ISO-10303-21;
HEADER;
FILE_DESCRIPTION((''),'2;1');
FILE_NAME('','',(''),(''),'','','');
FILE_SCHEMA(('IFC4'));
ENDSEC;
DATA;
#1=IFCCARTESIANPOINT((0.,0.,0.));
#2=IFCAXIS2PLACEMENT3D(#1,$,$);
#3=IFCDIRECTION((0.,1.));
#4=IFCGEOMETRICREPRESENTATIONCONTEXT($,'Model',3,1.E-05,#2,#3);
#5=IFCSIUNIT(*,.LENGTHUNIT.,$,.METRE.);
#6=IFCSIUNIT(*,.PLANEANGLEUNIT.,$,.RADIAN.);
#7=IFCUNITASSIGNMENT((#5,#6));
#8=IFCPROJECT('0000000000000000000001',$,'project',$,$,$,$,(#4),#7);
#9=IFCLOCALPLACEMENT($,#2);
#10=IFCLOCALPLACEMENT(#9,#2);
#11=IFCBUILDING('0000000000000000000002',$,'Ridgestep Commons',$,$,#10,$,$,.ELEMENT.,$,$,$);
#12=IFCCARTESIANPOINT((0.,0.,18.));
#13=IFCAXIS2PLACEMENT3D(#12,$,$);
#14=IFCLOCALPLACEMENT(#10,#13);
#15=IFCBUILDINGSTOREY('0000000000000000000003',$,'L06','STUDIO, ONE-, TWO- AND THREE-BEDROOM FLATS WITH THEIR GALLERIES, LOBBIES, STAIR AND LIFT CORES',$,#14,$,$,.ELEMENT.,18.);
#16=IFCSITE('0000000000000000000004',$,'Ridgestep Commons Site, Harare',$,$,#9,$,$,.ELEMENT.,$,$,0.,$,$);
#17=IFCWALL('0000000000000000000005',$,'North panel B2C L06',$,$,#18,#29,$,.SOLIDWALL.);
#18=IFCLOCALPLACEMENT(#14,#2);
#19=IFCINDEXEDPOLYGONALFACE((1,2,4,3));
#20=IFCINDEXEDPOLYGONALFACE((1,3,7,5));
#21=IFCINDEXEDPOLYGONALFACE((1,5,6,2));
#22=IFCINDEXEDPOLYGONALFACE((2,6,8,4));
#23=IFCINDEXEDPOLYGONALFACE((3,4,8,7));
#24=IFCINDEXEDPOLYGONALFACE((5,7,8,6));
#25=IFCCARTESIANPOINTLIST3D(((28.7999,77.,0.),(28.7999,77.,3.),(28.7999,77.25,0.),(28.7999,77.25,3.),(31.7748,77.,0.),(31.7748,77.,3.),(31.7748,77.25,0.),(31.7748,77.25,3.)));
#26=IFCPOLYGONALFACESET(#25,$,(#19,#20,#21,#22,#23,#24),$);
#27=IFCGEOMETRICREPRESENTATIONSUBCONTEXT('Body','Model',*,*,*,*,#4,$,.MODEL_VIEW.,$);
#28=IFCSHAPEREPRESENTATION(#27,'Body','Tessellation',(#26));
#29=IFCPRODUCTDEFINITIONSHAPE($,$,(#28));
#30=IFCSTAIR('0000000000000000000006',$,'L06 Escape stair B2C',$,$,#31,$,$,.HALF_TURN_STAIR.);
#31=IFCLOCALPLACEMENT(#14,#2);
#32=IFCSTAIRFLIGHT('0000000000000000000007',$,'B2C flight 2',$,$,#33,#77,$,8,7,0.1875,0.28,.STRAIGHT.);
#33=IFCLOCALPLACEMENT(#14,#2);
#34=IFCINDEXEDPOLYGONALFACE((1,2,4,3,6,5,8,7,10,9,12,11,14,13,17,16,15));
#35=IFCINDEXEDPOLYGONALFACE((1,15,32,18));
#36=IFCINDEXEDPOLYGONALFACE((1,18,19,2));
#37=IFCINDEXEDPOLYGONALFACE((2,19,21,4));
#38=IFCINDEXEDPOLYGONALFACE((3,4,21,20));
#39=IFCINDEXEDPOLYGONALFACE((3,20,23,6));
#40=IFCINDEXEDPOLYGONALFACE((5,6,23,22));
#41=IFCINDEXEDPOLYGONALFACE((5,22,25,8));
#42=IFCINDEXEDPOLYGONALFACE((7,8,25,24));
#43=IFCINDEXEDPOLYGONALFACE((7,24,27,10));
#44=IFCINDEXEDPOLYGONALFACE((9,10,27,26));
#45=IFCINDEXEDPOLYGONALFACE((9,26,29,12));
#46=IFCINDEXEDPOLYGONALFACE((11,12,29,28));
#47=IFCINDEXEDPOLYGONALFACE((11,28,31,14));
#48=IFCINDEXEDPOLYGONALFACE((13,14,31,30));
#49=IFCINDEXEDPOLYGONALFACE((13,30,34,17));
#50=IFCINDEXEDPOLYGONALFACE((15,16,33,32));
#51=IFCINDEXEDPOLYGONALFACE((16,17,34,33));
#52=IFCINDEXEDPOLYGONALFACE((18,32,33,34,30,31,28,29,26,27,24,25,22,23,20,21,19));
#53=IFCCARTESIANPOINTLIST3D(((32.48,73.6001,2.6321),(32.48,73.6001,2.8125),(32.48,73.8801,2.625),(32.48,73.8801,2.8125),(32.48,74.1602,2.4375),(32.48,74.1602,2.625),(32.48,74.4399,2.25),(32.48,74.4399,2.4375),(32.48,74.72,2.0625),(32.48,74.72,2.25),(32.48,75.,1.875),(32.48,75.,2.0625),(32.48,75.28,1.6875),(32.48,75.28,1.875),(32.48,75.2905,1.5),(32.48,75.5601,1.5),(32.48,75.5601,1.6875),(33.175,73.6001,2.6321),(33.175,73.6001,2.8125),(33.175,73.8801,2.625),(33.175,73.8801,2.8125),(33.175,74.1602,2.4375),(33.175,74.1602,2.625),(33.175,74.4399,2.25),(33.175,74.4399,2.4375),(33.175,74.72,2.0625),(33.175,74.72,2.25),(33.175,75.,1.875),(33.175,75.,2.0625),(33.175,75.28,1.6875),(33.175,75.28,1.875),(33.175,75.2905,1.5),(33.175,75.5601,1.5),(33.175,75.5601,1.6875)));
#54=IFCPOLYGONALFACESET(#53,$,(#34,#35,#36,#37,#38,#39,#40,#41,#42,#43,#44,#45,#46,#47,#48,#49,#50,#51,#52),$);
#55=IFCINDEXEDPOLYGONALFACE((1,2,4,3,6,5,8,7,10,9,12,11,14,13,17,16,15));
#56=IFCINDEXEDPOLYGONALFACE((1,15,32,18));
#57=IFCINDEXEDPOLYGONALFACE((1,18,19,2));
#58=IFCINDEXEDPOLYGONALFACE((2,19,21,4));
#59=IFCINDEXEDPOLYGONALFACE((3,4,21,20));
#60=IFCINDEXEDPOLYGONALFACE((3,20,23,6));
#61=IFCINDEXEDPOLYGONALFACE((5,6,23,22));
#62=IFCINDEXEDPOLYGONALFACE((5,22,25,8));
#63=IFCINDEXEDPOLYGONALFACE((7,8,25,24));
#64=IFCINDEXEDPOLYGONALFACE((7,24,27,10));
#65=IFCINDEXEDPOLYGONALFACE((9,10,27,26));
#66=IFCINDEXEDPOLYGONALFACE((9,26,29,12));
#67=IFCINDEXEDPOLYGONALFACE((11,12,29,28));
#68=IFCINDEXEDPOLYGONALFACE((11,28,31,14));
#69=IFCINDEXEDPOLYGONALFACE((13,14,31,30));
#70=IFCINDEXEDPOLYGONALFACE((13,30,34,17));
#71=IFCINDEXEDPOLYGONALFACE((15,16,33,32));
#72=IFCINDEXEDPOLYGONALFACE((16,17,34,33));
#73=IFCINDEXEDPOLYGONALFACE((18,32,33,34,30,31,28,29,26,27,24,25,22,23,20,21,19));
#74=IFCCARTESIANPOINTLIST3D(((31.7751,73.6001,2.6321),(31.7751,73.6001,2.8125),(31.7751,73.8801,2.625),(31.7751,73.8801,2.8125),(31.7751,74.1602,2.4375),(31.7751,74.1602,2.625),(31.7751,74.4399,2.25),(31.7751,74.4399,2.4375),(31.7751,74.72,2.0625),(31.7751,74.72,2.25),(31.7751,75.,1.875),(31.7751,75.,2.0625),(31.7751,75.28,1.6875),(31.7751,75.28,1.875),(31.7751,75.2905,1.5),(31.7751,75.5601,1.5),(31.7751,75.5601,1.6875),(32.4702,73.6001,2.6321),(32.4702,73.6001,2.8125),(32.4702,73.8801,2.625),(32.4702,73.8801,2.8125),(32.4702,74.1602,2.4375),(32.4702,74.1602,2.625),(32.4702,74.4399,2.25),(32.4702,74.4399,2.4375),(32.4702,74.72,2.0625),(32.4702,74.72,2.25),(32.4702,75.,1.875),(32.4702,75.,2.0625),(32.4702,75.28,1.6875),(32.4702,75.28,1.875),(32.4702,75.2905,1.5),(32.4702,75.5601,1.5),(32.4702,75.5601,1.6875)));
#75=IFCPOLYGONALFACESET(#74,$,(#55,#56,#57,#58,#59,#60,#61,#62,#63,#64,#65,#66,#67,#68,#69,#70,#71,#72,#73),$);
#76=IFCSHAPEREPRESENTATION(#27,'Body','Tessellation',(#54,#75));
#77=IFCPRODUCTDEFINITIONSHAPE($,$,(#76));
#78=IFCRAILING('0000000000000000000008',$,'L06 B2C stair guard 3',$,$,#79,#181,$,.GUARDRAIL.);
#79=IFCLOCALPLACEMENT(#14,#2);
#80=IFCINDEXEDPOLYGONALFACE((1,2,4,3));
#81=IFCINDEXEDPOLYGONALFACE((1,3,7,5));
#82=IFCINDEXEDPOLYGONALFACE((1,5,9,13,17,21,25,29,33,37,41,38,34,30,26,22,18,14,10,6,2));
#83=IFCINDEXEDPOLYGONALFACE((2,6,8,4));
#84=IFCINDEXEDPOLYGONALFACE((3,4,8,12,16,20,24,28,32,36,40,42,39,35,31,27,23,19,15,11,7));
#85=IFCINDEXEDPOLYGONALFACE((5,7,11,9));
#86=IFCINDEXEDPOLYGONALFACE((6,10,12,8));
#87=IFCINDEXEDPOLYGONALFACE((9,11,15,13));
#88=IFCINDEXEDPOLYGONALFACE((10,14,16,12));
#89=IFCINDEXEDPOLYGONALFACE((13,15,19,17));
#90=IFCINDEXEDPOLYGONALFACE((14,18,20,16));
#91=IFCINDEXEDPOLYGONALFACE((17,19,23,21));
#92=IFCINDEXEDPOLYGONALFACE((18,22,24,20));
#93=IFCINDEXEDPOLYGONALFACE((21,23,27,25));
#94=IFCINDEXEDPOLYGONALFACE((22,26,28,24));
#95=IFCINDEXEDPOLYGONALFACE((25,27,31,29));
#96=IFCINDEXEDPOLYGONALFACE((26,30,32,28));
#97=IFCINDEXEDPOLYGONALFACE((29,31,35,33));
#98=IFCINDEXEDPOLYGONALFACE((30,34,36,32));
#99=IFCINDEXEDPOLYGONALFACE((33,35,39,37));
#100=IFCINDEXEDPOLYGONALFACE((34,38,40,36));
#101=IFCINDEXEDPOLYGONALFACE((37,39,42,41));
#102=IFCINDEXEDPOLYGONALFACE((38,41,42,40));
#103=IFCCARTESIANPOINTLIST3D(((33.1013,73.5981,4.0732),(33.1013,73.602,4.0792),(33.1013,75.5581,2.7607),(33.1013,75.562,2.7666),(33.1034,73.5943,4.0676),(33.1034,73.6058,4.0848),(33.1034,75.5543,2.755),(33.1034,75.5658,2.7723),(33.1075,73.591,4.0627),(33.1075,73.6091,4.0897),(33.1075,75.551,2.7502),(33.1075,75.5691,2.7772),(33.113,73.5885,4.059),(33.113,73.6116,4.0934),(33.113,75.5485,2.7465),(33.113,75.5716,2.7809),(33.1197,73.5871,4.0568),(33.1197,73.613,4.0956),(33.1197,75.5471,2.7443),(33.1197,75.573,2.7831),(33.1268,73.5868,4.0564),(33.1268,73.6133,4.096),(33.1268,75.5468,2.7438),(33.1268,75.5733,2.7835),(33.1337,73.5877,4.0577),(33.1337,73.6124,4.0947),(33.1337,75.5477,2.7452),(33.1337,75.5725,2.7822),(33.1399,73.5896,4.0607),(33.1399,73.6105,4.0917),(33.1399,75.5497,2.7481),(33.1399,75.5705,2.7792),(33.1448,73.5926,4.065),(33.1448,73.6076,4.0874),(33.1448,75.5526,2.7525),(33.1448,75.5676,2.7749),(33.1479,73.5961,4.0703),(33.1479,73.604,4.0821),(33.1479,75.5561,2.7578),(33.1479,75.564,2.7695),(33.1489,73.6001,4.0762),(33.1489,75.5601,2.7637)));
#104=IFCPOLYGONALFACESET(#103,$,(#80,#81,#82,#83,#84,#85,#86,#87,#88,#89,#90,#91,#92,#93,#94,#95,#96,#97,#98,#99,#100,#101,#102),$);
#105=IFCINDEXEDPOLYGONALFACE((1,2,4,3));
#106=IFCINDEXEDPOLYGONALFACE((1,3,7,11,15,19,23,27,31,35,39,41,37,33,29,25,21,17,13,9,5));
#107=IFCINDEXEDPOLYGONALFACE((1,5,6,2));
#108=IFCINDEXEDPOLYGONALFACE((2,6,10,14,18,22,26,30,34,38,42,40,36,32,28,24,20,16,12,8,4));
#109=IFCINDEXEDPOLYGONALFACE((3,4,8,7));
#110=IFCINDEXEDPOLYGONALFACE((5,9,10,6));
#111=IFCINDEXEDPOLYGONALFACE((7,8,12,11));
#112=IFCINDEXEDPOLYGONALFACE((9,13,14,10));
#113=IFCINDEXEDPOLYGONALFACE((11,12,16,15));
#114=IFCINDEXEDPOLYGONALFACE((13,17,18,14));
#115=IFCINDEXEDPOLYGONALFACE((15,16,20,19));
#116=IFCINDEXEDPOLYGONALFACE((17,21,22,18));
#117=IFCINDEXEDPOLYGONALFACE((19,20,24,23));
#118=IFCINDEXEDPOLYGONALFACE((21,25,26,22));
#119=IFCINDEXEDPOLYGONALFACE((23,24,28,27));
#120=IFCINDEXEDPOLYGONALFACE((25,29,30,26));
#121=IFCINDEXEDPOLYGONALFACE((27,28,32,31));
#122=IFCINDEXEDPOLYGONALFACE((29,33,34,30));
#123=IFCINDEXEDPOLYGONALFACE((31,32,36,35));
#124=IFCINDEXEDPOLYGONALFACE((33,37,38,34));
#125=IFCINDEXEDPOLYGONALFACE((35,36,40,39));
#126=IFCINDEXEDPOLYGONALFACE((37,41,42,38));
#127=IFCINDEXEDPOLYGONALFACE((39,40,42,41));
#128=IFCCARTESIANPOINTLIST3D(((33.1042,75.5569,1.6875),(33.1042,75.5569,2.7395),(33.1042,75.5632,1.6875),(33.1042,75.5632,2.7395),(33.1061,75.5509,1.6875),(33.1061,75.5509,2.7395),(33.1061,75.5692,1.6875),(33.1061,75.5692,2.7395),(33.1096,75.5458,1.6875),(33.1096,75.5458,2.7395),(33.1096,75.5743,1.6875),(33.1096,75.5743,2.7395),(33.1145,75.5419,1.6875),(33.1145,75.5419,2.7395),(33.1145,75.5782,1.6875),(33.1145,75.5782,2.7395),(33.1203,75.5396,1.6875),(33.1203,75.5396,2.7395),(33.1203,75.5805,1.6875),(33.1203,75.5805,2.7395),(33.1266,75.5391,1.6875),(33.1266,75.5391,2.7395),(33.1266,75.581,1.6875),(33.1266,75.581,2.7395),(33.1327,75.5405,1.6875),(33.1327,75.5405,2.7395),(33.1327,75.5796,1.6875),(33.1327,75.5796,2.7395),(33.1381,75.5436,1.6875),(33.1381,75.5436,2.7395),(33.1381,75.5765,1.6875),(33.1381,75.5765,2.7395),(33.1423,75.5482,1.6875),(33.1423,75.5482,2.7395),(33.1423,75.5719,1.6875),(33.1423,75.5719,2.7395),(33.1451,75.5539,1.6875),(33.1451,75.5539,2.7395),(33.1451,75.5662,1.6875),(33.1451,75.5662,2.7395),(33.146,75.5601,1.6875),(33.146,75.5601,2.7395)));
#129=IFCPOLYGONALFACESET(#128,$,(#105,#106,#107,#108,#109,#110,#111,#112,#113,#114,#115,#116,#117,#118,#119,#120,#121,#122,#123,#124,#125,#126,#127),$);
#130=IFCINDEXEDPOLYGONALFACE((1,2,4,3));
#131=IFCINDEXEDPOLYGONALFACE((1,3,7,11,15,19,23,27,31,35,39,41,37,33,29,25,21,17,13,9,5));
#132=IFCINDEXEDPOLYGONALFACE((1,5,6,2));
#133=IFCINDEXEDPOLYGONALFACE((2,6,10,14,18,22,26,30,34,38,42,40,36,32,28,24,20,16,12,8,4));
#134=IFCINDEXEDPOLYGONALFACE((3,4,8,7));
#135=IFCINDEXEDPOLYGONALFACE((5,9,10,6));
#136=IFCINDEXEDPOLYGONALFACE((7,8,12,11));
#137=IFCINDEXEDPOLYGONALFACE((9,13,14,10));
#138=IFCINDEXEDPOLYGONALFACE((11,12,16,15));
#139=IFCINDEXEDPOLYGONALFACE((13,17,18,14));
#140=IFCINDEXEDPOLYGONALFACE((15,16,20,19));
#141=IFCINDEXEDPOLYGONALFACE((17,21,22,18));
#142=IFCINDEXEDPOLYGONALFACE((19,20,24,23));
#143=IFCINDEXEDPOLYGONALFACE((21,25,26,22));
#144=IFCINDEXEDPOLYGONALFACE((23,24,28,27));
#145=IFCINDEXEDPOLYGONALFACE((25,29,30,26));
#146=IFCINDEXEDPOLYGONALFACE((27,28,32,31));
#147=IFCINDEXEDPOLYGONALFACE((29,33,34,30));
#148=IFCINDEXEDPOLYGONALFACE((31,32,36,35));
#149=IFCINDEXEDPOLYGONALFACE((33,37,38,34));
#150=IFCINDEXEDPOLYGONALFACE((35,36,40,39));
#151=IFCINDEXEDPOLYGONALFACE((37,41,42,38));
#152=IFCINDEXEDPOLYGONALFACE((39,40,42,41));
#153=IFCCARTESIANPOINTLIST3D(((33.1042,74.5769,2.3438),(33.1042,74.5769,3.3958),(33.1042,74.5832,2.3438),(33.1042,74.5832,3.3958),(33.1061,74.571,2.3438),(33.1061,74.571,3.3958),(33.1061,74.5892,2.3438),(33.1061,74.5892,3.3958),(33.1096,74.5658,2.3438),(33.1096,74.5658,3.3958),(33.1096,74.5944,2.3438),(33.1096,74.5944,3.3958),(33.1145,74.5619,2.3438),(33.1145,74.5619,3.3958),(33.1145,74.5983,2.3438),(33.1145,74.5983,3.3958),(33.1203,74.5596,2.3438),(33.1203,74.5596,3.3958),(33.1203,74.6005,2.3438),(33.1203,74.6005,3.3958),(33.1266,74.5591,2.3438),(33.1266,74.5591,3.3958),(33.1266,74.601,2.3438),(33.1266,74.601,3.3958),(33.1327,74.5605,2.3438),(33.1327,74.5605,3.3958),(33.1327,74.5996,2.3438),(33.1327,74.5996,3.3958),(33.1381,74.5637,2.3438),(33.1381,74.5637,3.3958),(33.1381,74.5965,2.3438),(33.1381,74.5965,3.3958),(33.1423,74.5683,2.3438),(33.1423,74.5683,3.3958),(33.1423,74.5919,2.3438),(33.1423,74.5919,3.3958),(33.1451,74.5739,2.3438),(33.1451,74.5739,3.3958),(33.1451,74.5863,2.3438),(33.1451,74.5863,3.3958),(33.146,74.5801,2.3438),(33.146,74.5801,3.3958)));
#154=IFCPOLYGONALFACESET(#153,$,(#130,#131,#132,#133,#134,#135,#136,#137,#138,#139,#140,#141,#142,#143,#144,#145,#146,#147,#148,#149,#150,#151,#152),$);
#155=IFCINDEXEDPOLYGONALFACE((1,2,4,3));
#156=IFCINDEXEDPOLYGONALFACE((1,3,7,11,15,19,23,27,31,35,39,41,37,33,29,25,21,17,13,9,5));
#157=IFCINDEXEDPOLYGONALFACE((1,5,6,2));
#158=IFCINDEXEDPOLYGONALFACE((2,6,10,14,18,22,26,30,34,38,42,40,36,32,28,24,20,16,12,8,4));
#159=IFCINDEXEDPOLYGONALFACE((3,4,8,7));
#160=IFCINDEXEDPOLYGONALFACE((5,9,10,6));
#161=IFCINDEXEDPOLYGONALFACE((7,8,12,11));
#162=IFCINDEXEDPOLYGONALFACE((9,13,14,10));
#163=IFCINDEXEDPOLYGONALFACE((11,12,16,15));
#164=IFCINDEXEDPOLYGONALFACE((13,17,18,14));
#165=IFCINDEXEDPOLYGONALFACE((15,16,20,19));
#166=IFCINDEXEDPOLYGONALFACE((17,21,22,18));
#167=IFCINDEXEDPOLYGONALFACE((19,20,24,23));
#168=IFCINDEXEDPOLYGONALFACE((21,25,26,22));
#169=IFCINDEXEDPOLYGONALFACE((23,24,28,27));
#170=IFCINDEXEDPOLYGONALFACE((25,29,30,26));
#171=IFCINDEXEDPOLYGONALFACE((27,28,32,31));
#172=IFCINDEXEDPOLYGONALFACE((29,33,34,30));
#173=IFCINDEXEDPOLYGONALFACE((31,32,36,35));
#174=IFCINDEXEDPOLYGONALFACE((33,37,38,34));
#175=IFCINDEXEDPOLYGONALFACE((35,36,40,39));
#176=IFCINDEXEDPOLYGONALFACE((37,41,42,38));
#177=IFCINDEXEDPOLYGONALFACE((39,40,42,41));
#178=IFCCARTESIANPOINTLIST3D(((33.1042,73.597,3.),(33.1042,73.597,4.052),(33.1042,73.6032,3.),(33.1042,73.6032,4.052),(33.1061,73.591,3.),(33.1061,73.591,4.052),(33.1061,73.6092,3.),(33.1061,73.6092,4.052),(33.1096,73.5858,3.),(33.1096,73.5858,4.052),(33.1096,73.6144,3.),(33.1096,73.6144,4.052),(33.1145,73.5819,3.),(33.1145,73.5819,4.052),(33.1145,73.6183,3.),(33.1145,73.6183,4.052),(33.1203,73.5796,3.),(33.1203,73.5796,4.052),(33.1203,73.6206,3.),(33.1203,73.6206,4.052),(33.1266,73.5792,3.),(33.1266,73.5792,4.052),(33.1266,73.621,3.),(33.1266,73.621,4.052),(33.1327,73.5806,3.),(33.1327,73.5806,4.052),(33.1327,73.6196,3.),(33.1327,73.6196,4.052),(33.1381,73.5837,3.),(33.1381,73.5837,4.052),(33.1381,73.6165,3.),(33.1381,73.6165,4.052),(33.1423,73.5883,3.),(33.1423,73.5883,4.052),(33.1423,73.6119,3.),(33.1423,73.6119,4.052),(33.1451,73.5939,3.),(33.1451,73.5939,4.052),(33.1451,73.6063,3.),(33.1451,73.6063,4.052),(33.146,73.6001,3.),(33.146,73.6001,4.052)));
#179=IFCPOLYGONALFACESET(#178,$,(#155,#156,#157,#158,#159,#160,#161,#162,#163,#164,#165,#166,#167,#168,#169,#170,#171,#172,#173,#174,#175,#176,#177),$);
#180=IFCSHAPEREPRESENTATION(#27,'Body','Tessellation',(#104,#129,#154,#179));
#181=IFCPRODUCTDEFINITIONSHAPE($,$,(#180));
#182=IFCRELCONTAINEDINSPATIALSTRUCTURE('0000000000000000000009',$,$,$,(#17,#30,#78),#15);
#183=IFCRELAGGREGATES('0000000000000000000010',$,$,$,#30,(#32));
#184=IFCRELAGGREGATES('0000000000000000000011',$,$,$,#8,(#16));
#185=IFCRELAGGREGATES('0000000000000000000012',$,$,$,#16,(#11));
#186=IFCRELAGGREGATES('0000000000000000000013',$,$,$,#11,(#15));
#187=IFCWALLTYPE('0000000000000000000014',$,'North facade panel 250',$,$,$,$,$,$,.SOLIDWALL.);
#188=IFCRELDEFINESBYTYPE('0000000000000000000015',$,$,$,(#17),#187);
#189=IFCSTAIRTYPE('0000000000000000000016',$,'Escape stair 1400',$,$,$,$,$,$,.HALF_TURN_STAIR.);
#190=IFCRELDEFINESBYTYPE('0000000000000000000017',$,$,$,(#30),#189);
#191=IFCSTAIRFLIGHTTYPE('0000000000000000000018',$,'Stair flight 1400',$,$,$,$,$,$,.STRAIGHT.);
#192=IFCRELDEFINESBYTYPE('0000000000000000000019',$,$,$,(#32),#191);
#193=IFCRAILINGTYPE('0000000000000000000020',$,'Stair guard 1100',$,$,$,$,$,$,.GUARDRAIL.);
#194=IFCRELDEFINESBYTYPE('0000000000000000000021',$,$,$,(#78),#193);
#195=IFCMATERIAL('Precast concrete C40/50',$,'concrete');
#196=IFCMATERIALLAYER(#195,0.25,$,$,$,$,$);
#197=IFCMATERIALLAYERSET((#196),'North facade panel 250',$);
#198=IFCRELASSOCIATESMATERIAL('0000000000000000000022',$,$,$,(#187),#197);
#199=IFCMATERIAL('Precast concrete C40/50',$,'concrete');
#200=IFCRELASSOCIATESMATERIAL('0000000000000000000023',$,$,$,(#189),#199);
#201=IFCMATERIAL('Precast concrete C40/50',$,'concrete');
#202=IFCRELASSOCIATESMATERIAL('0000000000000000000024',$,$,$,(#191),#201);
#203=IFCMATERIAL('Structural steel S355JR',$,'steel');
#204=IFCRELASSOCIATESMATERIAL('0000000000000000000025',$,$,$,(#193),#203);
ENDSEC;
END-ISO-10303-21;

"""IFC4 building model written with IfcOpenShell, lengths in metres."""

from ifc_helpers import new_model, si_unit, direction, frame, frame_2d, origin, origin_2d, place, context, subcontext, project, spatial, polyline, rectangle, circle, outline, extrude, material, layer, layer_set, type_object, element, aggregate, save


model = new_model("IFC4")

# Units and contexts
model_context = context("Model", 3, precision=1e-05, world=origin(), true_north=direction((0.0, 1.0)))
body_context = subcontext(model_context, "Body", "Model", "MODEL_VIEW")
ifc_project = project(units=[si_unit("LENGTHUNIT", "METRE"), si_unit("PLANEANGLEUNIT", "RADIAN")], contexts=[model_context])

# Site, building, storey
site_placement = place(None, origin())
site = spatial("IfcSite", under=ifc_project, at=site_placement, Name="Ridgestep Commons Site, Harare", CompositionType="ELEMENT", RefElevation=0.0)
building_placement = place(site_placement, origin())
building = spatial("IfcBuilding", under=site, at=building_placement, Name="Ridgestep Commons", CompositionType="ELEMENT")
storey_placement = place(building_placement, frame((0.0, 0.0, 18.0)))
storey = spatial("IfcBuildingStorey", under=building, at=storey_placement, Name="L06", Description="STUDIO, ONE-, TWO- AND THREE-BEDROOM FLATS WITH THEIR GALLERIES, LOBBIES, STAIR AND LIFT CORES", CompositionType="ELEMENT", Elevation=18.0)

# Wall
ifc_material_1 = material(Name="Precast concrete C40/50", Category="concrete")
ifc_layer_1 = layer(ifc_material_1, 0.25)
ifc_layer_set_1 = layer_set([ifc_layer_1], Name="North facade panel 250")
wall_type_1 = type_object("IfcWallType", Name="North facade panel 250", PredefinedType="SOLIDWALL", material=ifc_layer_set_1)
wall_1_placement = place(storey_placement, frame((28.8, 77.125, 0.0), z_axis=(0.0, 0.0, 1.0), x_axis=(1.0, 0.0, 0.0)))
element("IfcWall", 1, at=wall_1_placement, inside=storey, type_object=wall_type_1, Name="North panel B2C L06", PredefinedType="SOLIDWALL", context=body_context, shape_type="SweptSolid", body=[
    extrude(rectangle(XDim=2.9749, YDim=0.25, at=frame_2d((1.4873, 0.0))), origin(), (0.0, 0.0, 1.0), 3.0),
])

# Stair, stair flight
ifc_material_2 = material(Name="Precast concrete C40/50", Category="concrete")
stair_type = type_object("IfcStairType", Name="Escape stair 1400", PredefinedType="HALF_TURN_STAIR", material=ifc_material_2)
stair_placement = place(storey_placement, origin())
stair = element("IfcStair", 2, at=stair_placement, inside=storey, type_object=stair_type, Name="L06 Escape stair B2C", PredefinedType="HALF_TURN_STAIR")
ifc_material_3 = material(Name="Precast concrete C40/50", Category="concrete")
stair_flight_type = type_object("IfcStairFlightType", Name="Stair flight 1400", PredefinedType="STRAIGHT", material=ifc_material_3)
stair_flight_placement = place(storey_placement, frame((32.4751, 75.5601, 1.5), z_axis=(0.0, 0.0, 1.0), x_axis=(0.0, -1.0, 0.0)))
stair_flight = element("IfcStairFlight", 3, at=stair_flight_placement, type_object=stair_flight_type, Name="B2C flight 2", NumberOfRisers=8, NumberOfTreads=7, PredefinedType="STRAIGHT", RiserHeight=0.1875, TreadLength=0.28, context=body_context, shape_type="SweptSolid", body=[
    extrude(outline(polyline([(0.0, 0.0), (0.0, 0.1875), (0.28, 0.1875), (0.28, 0.375), (0.5601, 0.375), (0.5601, 0.5625), (0.8401, 0.5625), (0.8401, 0.75), (1.1201, 0.75), (1.1201, 0.9375), (1.3999, 0.9375), (1.3999, 1.125), (1.6799, 1.125), (1.6799, 1.3125), (1.96, 1.3125), (1.96, 1.5), (1.96, 1.1321), (0.2695, 0.0), (0.0, 0.0)])), frame((0.0, 0.7, 0.0), z_axis=(0.0, -1.0, 0.0), x_axis=(1.0, 0.0, 0.0)), (0.0, 0.0, 1.0), 0.6951),
    extrude(outline(polyline([(0.0, 0.0), (0.0, 0.1875), (0.28, 0.1875), (0.28, 0.375), (0.5601, 0.375), (0.5601, 0.5625), (0.8401, 0.5625), (0.8401, 0.75), (1.1201, 0.75), (1.1201, 0.9375), (1.3999, 0.9375), (1.3999, 1.125), (1.6799, 1.125), (1.6799, 1.3125), (1.96, 1.3125), (1.96, 1.5), (1.96, 1.1321), (0.2695, 0.0), (0.0, 0.0)])), frame((0.0, -0.0049, 0.0), z_axis=(0.0, -1.0, 0.0), x_axis=(1.0, 0.0, 0.0)), (0.0, 0.0, 1.0), 0.6951),
])
aggregate(stair, [stair_flight])

# Railing
ifc_material_4 = material(Name="Structural steel S355JR", Category="steel")
railing_type_1 = type_object("IfcRailingType", Name="Stair guard 1100", PredefinedType="GUARDRAIL", material=ifc_material_4)
railing_1_placement = place(storey_placement, frame((33.125, 75.5601, 1.6875)))
element("IfcRailing", 4, at=railing_1_placement, inside=storey, type_object=railing_type_1, Name="L06 B2C stair guard 3", PredefinedType="GUARDRAIL", context=body_context, shape_type="SweptSolid", body=[
    extrude(circle(Radius=0.0239, at=origin_2d()), frame((0.0, 0.0, 1.0762), z_axis=(0.0, -0.830902, 0.556419), x_axis=(1.0, 0.0, 0.0)), (0.0, 0.0, 1.0), 2.3589),
    extrude(circle(Radius=0.021, at=origin_2d()), origin(), (0.0, 0.0, 1.0), 1.052),
    extrude(circle(Radius=0.021, at=origin_2d()), frame((0.0, -0.98, 0.6562)), (0.0, 0.0, 1.0), 1.052),
    extrude(circle(Radius=0.021, at=origin_2d()), frame((0.0, -1.96, 1.3125)), (0.0, 0.0, 1.0), 1.052),
])

save(model, "model.ifc")
